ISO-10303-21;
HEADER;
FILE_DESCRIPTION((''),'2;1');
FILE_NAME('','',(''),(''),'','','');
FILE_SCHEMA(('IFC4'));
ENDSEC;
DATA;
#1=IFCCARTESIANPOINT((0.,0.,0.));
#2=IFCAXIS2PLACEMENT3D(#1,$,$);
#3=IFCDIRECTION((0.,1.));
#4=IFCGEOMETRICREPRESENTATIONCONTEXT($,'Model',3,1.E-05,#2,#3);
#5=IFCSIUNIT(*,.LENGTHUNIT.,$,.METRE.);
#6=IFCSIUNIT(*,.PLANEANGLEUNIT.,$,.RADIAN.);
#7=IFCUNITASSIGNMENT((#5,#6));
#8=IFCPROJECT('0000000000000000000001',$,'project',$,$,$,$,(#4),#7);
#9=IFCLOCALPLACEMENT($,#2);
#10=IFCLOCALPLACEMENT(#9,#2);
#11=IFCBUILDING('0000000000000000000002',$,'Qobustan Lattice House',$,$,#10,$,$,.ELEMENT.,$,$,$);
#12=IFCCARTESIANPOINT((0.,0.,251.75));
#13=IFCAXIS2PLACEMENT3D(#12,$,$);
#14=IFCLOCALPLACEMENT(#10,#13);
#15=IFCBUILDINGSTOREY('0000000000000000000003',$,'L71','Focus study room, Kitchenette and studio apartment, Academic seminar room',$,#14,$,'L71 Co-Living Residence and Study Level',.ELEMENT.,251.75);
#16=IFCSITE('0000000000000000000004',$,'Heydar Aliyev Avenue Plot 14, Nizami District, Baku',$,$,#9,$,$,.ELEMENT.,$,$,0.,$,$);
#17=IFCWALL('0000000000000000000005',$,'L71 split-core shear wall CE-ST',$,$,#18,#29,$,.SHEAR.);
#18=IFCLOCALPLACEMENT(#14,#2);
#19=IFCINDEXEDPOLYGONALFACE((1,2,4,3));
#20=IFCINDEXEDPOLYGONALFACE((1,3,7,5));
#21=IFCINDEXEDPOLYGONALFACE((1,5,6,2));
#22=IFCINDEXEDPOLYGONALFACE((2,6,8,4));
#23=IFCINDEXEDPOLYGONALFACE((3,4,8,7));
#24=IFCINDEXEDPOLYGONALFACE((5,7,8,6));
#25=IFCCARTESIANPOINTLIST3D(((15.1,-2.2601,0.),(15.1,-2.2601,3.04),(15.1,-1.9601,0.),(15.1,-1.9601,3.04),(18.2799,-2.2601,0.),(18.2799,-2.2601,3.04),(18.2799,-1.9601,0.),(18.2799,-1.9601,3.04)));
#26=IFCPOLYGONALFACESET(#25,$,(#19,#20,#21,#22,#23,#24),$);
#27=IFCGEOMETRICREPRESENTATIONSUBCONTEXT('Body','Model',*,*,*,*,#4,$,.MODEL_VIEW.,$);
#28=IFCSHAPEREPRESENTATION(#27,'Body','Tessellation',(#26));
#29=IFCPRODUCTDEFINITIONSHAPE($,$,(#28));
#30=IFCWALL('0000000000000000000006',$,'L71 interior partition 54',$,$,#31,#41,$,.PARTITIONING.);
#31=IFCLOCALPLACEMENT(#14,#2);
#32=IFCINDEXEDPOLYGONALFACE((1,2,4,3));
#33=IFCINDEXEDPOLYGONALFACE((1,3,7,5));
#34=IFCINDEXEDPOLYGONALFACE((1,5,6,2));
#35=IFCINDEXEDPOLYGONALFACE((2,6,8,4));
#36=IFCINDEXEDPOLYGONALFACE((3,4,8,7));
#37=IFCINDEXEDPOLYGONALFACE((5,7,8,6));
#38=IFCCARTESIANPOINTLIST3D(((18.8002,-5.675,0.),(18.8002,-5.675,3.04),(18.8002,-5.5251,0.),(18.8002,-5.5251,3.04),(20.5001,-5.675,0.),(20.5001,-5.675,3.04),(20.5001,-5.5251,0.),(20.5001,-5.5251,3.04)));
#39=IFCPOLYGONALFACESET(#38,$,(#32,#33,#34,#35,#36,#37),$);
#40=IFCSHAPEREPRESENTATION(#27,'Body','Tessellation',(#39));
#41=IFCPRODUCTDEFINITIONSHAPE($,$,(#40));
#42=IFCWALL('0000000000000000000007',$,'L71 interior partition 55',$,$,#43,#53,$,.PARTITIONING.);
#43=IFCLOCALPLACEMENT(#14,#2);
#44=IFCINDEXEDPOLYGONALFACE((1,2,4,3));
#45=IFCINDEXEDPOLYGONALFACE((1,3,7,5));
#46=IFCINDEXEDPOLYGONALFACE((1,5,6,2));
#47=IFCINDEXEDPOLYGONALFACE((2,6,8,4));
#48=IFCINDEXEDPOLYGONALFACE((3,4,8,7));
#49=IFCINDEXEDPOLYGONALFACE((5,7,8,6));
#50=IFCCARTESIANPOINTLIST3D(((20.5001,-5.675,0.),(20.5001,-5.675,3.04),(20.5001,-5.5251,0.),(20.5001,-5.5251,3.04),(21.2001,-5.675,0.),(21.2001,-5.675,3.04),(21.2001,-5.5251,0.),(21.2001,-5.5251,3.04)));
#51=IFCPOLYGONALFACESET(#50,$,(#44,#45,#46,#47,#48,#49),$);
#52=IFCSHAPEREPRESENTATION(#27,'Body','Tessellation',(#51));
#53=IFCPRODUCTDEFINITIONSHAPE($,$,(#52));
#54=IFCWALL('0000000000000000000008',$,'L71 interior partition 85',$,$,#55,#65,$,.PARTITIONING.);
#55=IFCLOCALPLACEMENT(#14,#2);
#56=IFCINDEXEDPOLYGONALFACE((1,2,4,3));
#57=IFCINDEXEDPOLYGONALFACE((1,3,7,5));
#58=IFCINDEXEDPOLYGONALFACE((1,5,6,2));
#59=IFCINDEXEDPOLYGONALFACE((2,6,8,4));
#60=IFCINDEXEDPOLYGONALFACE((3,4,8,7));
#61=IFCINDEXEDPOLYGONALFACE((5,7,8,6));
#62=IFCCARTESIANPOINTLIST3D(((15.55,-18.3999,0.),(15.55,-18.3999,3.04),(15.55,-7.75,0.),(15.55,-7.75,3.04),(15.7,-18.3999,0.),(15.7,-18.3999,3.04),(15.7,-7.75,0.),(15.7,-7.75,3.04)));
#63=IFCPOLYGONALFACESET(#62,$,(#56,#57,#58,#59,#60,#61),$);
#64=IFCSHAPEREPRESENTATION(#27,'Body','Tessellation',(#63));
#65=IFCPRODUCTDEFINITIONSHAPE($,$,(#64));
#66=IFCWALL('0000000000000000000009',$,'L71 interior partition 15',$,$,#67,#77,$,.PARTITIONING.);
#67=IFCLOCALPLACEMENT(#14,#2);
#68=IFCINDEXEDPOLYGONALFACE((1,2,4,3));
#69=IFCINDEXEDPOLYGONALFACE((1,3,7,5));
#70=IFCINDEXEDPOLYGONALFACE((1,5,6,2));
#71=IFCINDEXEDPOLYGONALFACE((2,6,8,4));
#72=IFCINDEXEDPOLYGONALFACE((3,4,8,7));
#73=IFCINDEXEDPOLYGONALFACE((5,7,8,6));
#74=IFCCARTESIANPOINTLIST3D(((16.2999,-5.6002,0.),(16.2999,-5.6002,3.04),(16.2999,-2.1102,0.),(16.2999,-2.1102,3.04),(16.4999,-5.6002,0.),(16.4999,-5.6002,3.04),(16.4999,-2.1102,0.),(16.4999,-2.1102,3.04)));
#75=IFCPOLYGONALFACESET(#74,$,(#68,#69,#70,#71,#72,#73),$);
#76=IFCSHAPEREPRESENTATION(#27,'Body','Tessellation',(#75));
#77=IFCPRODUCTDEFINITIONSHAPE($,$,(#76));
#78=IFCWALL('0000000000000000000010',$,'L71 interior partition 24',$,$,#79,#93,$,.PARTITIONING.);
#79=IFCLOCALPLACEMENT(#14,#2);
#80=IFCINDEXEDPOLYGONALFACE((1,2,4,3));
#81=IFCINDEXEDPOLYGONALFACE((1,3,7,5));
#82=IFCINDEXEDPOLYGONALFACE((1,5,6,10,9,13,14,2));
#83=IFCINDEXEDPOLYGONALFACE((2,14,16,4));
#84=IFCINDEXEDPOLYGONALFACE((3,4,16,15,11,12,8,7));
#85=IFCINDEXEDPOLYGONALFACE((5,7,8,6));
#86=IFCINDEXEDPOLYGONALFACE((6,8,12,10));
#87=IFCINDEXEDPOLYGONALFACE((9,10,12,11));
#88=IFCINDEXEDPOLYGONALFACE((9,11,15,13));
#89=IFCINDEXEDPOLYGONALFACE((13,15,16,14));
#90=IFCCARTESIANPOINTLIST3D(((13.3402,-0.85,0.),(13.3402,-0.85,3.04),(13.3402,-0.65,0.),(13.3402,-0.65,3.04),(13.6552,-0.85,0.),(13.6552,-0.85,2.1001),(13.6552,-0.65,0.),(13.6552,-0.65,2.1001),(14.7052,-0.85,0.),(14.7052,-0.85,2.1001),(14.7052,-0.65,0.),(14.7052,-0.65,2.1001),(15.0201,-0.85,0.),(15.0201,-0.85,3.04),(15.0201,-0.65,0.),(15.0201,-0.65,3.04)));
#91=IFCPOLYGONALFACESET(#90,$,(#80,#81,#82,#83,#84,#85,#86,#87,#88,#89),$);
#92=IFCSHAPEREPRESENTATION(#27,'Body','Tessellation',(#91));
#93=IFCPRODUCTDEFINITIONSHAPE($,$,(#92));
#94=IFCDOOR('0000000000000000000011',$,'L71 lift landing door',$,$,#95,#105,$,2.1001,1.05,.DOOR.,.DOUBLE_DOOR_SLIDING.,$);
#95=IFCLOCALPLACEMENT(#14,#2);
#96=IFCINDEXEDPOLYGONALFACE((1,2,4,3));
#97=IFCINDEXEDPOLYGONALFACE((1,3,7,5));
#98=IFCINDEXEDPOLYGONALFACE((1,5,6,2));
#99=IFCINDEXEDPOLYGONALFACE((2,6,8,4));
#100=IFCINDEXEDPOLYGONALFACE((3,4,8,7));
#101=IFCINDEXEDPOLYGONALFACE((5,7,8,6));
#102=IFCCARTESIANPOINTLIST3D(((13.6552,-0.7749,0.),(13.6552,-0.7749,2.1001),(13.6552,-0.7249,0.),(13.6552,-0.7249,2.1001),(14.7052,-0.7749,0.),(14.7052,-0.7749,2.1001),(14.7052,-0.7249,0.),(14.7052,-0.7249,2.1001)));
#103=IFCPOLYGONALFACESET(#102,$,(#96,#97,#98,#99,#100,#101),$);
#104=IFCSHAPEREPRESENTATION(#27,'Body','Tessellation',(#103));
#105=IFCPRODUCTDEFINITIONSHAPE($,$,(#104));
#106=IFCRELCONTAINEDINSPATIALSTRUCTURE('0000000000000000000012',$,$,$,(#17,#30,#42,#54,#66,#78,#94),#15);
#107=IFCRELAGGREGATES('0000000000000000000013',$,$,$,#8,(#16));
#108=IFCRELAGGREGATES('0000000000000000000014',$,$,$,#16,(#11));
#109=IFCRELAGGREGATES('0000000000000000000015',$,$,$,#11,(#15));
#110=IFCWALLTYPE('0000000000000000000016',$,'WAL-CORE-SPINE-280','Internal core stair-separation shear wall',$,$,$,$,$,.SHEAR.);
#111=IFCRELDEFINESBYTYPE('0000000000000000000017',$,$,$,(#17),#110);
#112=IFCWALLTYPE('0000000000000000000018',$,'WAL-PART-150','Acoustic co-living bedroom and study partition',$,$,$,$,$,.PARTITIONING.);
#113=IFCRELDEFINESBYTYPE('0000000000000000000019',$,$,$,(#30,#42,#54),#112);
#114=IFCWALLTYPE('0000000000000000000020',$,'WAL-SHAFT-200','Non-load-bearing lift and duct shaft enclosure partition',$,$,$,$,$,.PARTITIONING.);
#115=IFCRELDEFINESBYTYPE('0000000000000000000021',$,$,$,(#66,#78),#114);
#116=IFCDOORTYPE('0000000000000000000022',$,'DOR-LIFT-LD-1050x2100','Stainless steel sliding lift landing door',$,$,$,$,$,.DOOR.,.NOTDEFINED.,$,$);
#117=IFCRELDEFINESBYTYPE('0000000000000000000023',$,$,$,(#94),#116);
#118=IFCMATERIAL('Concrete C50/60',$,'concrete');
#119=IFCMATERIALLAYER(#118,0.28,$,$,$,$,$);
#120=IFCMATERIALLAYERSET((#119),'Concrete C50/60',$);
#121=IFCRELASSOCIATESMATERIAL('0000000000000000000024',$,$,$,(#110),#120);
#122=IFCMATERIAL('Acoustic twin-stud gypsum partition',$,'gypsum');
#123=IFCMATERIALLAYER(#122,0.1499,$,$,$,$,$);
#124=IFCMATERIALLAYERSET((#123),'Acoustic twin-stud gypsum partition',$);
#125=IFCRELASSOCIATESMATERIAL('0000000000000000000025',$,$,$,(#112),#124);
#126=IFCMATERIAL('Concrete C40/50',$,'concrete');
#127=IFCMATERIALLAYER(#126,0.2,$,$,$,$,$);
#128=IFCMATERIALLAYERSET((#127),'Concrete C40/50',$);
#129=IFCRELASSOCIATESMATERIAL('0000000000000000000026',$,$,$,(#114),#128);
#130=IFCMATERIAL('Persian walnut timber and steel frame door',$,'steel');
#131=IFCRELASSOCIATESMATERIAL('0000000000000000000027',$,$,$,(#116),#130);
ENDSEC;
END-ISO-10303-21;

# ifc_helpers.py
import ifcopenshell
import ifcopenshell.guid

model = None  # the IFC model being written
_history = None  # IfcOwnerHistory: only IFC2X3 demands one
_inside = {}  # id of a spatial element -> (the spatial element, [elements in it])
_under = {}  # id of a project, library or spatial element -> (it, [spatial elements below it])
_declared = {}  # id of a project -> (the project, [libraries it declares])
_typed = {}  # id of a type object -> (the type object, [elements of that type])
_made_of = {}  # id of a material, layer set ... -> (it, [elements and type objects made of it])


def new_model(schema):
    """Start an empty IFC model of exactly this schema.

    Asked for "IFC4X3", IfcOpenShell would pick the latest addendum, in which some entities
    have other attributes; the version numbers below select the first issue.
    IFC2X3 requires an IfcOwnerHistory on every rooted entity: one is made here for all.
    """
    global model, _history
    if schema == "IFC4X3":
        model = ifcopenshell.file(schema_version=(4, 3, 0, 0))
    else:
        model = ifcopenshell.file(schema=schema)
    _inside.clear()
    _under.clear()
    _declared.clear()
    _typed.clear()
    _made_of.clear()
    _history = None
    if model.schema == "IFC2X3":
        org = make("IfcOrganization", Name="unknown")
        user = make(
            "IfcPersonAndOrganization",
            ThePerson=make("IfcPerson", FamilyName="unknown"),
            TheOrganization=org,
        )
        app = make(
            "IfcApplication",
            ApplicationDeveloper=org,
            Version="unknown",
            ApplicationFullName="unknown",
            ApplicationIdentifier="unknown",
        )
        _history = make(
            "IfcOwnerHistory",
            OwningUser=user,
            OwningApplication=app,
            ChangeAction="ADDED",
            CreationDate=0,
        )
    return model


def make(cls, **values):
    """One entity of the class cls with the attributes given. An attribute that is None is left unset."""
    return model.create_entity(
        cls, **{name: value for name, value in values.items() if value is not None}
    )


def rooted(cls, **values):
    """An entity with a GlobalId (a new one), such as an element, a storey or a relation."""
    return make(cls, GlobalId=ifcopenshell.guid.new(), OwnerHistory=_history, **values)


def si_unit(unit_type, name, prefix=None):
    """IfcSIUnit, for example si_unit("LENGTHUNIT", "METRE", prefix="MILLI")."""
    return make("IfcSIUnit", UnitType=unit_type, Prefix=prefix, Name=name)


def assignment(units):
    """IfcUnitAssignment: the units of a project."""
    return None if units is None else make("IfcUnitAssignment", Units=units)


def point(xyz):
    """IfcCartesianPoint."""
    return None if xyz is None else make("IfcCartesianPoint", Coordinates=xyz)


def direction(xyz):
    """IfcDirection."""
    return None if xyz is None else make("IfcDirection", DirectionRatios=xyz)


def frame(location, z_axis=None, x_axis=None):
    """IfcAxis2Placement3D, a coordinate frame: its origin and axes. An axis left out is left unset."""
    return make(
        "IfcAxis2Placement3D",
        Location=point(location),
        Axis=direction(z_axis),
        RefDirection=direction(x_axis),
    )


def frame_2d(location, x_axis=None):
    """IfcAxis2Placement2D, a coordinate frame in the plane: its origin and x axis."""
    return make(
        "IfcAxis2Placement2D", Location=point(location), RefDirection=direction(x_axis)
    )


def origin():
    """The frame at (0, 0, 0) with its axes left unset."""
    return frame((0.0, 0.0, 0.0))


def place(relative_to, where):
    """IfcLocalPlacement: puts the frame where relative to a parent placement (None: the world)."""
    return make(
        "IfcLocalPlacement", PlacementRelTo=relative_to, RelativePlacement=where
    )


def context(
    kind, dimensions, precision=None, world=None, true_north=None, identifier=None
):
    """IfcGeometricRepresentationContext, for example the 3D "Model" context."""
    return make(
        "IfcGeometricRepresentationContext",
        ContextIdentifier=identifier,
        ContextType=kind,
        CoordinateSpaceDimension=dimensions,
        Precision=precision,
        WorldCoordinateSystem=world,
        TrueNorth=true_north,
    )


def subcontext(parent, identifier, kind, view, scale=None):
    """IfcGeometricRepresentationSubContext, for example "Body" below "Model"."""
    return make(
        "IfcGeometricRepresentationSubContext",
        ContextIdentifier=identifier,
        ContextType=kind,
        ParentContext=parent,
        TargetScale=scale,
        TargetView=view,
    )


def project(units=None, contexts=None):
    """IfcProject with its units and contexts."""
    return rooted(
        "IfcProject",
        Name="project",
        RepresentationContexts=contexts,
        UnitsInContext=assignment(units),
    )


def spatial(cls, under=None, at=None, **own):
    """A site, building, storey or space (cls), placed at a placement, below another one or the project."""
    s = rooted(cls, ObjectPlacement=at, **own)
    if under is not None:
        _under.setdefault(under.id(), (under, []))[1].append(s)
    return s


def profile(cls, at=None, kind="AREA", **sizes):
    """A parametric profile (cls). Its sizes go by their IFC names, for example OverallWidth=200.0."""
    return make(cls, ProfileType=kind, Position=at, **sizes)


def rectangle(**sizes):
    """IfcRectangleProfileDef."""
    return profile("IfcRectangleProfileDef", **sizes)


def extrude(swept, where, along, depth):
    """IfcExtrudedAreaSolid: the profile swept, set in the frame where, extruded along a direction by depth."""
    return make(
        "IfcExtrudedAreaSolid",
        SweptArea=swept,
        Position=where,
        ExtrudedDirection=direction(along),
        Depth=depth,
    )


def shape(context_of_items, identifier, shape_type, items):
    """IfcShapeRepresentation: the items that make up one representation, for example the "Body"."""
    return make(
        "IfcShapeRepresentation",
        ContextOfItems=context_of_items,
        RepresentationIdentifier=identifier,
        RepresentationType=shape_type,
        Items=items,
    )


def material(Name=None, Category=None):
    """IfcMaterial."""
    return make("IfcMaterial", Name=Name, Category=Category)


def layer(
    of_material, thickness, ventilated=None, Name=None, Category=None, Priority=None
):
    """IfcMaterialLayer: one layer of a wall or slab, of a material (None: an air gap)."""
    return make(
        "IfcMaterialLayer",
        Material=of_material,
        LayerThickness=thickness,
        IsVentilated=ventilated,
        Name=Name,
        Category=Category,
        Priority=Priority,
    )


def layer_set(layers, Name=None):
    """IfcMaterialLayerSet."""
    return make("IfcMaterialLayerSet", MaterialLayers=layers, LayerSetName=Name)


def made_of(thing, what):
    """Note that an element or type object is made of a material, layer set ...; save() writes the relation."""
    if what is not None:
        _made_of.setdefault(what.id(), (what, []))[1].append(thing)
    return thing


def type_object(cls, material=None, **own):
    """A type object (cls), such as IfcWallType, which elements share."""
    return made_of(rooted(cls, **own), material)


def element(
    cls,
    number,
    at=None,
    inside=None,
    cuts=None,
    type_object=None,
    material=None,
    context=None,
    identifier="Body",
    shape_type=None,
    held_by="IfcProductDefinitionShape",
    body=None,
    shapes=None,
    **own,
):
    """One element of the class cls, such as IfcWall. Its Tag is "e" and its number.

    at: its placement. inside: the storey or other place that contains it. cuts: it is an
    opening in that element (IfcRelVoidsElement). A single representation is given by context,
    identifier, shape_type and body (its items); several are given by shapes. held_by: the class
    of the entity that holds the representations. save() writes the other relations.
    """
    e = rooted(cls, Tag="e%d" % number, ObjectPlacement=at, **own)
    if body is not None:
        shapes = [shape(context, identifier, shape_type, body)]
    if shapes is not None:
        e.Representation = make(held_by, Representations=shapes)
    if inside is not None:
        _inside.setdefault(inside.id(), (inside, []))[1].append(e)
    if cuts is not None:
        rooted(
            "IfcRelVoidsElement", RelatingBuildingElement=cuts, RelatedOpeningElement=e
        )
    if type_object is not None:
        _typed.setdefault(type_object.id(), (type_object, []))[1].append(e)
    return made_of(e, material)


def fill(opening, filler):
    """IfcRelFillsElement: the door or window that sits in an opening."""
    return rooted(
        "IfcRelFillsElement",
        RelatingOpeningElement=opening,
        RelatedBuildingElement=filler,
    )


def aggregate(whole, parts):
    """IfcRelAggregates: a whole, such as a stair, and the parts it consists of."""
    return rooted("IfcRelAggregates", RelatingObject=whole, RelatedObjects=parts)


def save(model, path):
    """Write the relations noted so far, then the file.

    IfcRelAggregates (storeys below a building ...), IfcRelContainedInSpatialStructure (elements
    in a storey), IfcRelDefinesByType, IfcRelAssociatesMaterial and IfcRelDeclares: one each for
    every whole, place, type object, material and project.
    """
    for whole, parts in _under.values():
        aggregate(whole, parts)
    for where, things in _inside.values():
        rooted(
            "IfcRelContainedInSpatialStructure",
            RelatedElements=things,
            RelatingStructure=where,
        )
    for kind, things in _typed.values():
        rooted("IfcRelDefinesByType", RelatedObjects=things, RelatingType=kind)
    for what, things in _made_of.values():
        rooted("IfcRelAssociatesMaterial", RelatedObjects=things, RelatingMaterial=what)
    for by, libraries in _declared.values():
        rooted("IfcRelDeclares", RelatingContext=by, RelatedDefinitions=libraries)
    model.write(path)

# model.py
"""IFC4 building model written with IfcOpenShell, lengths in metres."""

from ifc_helpers import new_model, si_unit, direction, frame, frame_2d, origin, place, context, subcontext, project, spatial, rectangle, extrude, material, layer, layer_set, type_object, element, fill, save


model = new_model("IFC4")

# Units and contexts
model_context = context("Model", 3, precision=1e-05, world=origin(), true_north=direction((0.0, 1.0)))
body_context = subcontext(model_context, "Body", "Model", "MODEL_VIEW")
ifc_project = project(units=[si_unit("LENGTHUNIT", "METRE"), si_unit("PLANEANGLEUNIT", "RADIAN")], contexts=[model_context])

# Site, building, storey
site_placement = place(None, origin())
site = spatial("IfcSite", under=ifc_project, at=site_placement, Name="Heydar Aliyev Avenue Plot 14, Nizami District, Baku", CompositionType="ELEMENT", RefElevation=0.0)
building_placement = place(site_placement, origin())
building = spatial("IfcBuilding", under=site, at=building_placement, Name="Qobustan Lattice House", CompositionType="ELEMENT")
storey_placement = place(building_placement, frame((0.0, 0.0, 251.75)))
storey = spatial("IfcBuildingStorey", under=building, at=storey_placement, Name="L71", Description="Focus study room, Kitchenette and studio apartment, Academic seminar room", LongName="L71 Co-Living Residence and Study Level", CompositionType="ELEMENT", Elevation=251.75)

# Walls
ifc_material_1 = material(Name="Concrete C50/60", Category="concrete")
ifc_layer_1 = layer(ifc_material_1, 0.28)
ifc_layer_set_1 = layer_set([ifc_layer_1], Name="Concrete C50/60")
wall_type_1 = type_object("IfcWallType", Name="WAL-CORE-SPINE-280", Description="Internal core stair-separation shear wall", PredefinedType="SHEAR", material=ifc_layer_set_1)
wall_1_placement = place(storey_placement, frame((15.1001, -2.1101, 0.0), z_axis=(0.0, 0.0, 1.0), x_axis=(1.0, 0.0, 0.0)))
element("IfcWall", 1, at=wall_1_placement, inside=storey, type_object=wall_type_1, Name="L71 split-core shear wall CE-ST", PredefinedType="SHEAR", context=body_context, shape_type="SweptSolid", body=[
    extrude(rectangle(XDim=3.1799, YDim=0.3, at=frame_2d((1.5898, 0.0))), origin(), (0.0, 0.0, 1.0), 3.04),
])
ifc_material_2 = material(Name="Acoustic twin-stud gypsum partition", Category="gypsum")
ifc_layer_2 = layer(ifc_material_2, 0.1499)
ifc_layer_set_2 = layer_set([ifc_layer_2], Name="Acoustic twin-stud gypsum partition")
wall_type_2 = type_object("IfcWallType", Name="WAL-PART-150", Description="Acoustic co-living bedroom and study partition", PredefinedType="PARTITIONING", material=ifc_layer_set_2)
wall_2_placement = place(storey_placement, frame((18.8, -5.6001, 0.0), z_axis=(0.0, 0.0, 1.0), x_axis=(1.0, 0.0, 0.0)))
element("IfcWall", 2, at=wall_2_placement, inside=storey, type_object=wall_type_2, Name="L71 interior partition 54", PredefinedType="PARTITIONING", context=body_context, shape_type="SweptSolid", body=[
    extrude(rectangle(XDim=1.7, YDim=0.1499, at=frame_2d((0.8501, 0.0))), origin(), (0.0, 0.0, 1.0), 3.04),
])
wall_3_placement = place(storey_placement, frame((20.5, -5.6001, 0.0), z_axis=(0.0, 0.0, 1.0), x_axis=(1.0, 0.0, 0.0)))
element("IfcWall", 3, at=wall_3_placement, inside=storey, type_object=wall_type_2, Name="L71 interior partition 55", PredefinedType="PARTITIONING", context=body_context, shape_type="SweptSolid", body=[
    extrude(rectangle(XDim=0.7, YDim=0.1499, at=frame_2d((0.3501, 0.0))), origin(), (0.0, 0.0, 1.0), 3.04),
])

# Walls
wall_4_placement = place(storey_placement, frame((15.625, -7.75, 0.0), z_axis=(0.0, 0.0, 1.0), x_axis=(0.0, -1.0, 0.0)))
element("IfcWall", 4, at=wall_4_placement, inside=storey, type_object=wall_type_2, Name="L71 interior partition 85", PredefinedType="PARTITIONING", context=body_context, shape_type="SweptSolid", body=[
    extrude(rectangle(XDim=10.6499, YDim=0.1499, at=frame_2d((5.325, 0.0))), origin(), (0.0, 0.0, 1.0), 3.04),
])
ifc_material_3 = material(Name="Concrete C40/50", Category="concrete")
ifc_layer_3 = layer(ifc_material_3, 0.2)
ifc_layer_set_3 = layer_set([ifc_layer_3], Name="Concrete C40/50")
wall_type_3 = type_object("IfcWallType", Name="WAL-SHAFT-200", Description="Non-load-bearing lift and duct shaft enclosure partition", PredefinedType="PARTITIONING", material=ifc_layer_set_3)
wall_5_placement = place(storey_placement, frame((16.3999, -2.1101, 0.0), z_axis=(0.0, 0.0, 1.0), x_axis=(0.0, -1.0, 0.0)))
element("IfcWall", 5, at=wall_5_placement, inside=storey, type_object=wall_type_3, Name="L71 interior partition 15", PredefinedType="PARTITIONING", context=body_context, shape_type="SweptSolid", body=[
    extrude(rectangle(XDim=3.49, YDim=0.2, at=frame_2d((1.7451, 0.0))), origin(), (0.0, 0.0, 1.0), 3.04),
])

# Wall, opening, door
wall_6_placement = place(storey_placement, frame((15.02, -0.75, 0.0), z_axis=(0.0, 0.0, 1.0), x_axis=(-1.0, 0.0, 0.0)))
wall_6 = element("IfcWall", 6, at=wall_6_placement, inside=storey, type_object=wall_type_3, Name="L71 interior partition 24", PredefinedType="PARTITIONING", context=body_context, shape_type="SweptSolid", body=[
    extrude(rectangle(XDim=1.6799, YDim=0.2, at=frame_2d((0.8398, 0.0))), origin(), (0.0, 0.0, 1.0), 3.04),
])
opening_1_placement = place(wall_6_placement, frame((0.3149, 0.0, 0.0)))
opening_1 = element("IfcOpeningElement", 7, at=opening_1_placement, cuts=wall_6, PredefinedType="OPENING", context=body_context, shape_type="SweptSolid", body=[
    extrude(rectangle(XDim=1.05, YDim=2.1001, at=frame_2d((0.5249, 1.05))), frame((0.0, 0.1099, 0.0), z_axis=(0.0, -1.0, 0.0), x_axis=(1.0, 0.0, 0.0)), (0.0, 0.0, 1.0), 0.22),
])
ifc_material_4 = material(Name="Persian walnut timber and steel frame door", Category="steel")
door_type_1 = type_object("IfcDoorType", Name="DOR-LIFT-LD-1050x2100", Description="Stainless steel sliding lift landing door", OperationType="NOTDEFINED", PredefinedType="DOOR", material=ifc_material_4)
door_1_placement = place(opening_1_placement, origin())
door_1 = element("IfcDoor", 8, at=door_1_placement, inside=storey, type_object=door_type_1, Name="L71 lift landing door", OperationType="DOUBLE_DOOR_SLIDING", OverallHeight=2.1001, OverallWidth=1.05, PredefinedType="DOOR", context=body_context, shape_type="SweptSolid", body=[
    extrude(rectangle(XDim=1.05, YDim=2.1001, at=frame_2d((0.5249, 1.05))), frame((0.0, 0.0249, 0.0), z_axis=(0.0, -1.0, 0.0), x_axis=(1.0, 0.0, 0.0)), (0.0, 0.0, 1.0), 0.05),
])
fill(opening_1, door_1)

save(model, "model.ifc")
